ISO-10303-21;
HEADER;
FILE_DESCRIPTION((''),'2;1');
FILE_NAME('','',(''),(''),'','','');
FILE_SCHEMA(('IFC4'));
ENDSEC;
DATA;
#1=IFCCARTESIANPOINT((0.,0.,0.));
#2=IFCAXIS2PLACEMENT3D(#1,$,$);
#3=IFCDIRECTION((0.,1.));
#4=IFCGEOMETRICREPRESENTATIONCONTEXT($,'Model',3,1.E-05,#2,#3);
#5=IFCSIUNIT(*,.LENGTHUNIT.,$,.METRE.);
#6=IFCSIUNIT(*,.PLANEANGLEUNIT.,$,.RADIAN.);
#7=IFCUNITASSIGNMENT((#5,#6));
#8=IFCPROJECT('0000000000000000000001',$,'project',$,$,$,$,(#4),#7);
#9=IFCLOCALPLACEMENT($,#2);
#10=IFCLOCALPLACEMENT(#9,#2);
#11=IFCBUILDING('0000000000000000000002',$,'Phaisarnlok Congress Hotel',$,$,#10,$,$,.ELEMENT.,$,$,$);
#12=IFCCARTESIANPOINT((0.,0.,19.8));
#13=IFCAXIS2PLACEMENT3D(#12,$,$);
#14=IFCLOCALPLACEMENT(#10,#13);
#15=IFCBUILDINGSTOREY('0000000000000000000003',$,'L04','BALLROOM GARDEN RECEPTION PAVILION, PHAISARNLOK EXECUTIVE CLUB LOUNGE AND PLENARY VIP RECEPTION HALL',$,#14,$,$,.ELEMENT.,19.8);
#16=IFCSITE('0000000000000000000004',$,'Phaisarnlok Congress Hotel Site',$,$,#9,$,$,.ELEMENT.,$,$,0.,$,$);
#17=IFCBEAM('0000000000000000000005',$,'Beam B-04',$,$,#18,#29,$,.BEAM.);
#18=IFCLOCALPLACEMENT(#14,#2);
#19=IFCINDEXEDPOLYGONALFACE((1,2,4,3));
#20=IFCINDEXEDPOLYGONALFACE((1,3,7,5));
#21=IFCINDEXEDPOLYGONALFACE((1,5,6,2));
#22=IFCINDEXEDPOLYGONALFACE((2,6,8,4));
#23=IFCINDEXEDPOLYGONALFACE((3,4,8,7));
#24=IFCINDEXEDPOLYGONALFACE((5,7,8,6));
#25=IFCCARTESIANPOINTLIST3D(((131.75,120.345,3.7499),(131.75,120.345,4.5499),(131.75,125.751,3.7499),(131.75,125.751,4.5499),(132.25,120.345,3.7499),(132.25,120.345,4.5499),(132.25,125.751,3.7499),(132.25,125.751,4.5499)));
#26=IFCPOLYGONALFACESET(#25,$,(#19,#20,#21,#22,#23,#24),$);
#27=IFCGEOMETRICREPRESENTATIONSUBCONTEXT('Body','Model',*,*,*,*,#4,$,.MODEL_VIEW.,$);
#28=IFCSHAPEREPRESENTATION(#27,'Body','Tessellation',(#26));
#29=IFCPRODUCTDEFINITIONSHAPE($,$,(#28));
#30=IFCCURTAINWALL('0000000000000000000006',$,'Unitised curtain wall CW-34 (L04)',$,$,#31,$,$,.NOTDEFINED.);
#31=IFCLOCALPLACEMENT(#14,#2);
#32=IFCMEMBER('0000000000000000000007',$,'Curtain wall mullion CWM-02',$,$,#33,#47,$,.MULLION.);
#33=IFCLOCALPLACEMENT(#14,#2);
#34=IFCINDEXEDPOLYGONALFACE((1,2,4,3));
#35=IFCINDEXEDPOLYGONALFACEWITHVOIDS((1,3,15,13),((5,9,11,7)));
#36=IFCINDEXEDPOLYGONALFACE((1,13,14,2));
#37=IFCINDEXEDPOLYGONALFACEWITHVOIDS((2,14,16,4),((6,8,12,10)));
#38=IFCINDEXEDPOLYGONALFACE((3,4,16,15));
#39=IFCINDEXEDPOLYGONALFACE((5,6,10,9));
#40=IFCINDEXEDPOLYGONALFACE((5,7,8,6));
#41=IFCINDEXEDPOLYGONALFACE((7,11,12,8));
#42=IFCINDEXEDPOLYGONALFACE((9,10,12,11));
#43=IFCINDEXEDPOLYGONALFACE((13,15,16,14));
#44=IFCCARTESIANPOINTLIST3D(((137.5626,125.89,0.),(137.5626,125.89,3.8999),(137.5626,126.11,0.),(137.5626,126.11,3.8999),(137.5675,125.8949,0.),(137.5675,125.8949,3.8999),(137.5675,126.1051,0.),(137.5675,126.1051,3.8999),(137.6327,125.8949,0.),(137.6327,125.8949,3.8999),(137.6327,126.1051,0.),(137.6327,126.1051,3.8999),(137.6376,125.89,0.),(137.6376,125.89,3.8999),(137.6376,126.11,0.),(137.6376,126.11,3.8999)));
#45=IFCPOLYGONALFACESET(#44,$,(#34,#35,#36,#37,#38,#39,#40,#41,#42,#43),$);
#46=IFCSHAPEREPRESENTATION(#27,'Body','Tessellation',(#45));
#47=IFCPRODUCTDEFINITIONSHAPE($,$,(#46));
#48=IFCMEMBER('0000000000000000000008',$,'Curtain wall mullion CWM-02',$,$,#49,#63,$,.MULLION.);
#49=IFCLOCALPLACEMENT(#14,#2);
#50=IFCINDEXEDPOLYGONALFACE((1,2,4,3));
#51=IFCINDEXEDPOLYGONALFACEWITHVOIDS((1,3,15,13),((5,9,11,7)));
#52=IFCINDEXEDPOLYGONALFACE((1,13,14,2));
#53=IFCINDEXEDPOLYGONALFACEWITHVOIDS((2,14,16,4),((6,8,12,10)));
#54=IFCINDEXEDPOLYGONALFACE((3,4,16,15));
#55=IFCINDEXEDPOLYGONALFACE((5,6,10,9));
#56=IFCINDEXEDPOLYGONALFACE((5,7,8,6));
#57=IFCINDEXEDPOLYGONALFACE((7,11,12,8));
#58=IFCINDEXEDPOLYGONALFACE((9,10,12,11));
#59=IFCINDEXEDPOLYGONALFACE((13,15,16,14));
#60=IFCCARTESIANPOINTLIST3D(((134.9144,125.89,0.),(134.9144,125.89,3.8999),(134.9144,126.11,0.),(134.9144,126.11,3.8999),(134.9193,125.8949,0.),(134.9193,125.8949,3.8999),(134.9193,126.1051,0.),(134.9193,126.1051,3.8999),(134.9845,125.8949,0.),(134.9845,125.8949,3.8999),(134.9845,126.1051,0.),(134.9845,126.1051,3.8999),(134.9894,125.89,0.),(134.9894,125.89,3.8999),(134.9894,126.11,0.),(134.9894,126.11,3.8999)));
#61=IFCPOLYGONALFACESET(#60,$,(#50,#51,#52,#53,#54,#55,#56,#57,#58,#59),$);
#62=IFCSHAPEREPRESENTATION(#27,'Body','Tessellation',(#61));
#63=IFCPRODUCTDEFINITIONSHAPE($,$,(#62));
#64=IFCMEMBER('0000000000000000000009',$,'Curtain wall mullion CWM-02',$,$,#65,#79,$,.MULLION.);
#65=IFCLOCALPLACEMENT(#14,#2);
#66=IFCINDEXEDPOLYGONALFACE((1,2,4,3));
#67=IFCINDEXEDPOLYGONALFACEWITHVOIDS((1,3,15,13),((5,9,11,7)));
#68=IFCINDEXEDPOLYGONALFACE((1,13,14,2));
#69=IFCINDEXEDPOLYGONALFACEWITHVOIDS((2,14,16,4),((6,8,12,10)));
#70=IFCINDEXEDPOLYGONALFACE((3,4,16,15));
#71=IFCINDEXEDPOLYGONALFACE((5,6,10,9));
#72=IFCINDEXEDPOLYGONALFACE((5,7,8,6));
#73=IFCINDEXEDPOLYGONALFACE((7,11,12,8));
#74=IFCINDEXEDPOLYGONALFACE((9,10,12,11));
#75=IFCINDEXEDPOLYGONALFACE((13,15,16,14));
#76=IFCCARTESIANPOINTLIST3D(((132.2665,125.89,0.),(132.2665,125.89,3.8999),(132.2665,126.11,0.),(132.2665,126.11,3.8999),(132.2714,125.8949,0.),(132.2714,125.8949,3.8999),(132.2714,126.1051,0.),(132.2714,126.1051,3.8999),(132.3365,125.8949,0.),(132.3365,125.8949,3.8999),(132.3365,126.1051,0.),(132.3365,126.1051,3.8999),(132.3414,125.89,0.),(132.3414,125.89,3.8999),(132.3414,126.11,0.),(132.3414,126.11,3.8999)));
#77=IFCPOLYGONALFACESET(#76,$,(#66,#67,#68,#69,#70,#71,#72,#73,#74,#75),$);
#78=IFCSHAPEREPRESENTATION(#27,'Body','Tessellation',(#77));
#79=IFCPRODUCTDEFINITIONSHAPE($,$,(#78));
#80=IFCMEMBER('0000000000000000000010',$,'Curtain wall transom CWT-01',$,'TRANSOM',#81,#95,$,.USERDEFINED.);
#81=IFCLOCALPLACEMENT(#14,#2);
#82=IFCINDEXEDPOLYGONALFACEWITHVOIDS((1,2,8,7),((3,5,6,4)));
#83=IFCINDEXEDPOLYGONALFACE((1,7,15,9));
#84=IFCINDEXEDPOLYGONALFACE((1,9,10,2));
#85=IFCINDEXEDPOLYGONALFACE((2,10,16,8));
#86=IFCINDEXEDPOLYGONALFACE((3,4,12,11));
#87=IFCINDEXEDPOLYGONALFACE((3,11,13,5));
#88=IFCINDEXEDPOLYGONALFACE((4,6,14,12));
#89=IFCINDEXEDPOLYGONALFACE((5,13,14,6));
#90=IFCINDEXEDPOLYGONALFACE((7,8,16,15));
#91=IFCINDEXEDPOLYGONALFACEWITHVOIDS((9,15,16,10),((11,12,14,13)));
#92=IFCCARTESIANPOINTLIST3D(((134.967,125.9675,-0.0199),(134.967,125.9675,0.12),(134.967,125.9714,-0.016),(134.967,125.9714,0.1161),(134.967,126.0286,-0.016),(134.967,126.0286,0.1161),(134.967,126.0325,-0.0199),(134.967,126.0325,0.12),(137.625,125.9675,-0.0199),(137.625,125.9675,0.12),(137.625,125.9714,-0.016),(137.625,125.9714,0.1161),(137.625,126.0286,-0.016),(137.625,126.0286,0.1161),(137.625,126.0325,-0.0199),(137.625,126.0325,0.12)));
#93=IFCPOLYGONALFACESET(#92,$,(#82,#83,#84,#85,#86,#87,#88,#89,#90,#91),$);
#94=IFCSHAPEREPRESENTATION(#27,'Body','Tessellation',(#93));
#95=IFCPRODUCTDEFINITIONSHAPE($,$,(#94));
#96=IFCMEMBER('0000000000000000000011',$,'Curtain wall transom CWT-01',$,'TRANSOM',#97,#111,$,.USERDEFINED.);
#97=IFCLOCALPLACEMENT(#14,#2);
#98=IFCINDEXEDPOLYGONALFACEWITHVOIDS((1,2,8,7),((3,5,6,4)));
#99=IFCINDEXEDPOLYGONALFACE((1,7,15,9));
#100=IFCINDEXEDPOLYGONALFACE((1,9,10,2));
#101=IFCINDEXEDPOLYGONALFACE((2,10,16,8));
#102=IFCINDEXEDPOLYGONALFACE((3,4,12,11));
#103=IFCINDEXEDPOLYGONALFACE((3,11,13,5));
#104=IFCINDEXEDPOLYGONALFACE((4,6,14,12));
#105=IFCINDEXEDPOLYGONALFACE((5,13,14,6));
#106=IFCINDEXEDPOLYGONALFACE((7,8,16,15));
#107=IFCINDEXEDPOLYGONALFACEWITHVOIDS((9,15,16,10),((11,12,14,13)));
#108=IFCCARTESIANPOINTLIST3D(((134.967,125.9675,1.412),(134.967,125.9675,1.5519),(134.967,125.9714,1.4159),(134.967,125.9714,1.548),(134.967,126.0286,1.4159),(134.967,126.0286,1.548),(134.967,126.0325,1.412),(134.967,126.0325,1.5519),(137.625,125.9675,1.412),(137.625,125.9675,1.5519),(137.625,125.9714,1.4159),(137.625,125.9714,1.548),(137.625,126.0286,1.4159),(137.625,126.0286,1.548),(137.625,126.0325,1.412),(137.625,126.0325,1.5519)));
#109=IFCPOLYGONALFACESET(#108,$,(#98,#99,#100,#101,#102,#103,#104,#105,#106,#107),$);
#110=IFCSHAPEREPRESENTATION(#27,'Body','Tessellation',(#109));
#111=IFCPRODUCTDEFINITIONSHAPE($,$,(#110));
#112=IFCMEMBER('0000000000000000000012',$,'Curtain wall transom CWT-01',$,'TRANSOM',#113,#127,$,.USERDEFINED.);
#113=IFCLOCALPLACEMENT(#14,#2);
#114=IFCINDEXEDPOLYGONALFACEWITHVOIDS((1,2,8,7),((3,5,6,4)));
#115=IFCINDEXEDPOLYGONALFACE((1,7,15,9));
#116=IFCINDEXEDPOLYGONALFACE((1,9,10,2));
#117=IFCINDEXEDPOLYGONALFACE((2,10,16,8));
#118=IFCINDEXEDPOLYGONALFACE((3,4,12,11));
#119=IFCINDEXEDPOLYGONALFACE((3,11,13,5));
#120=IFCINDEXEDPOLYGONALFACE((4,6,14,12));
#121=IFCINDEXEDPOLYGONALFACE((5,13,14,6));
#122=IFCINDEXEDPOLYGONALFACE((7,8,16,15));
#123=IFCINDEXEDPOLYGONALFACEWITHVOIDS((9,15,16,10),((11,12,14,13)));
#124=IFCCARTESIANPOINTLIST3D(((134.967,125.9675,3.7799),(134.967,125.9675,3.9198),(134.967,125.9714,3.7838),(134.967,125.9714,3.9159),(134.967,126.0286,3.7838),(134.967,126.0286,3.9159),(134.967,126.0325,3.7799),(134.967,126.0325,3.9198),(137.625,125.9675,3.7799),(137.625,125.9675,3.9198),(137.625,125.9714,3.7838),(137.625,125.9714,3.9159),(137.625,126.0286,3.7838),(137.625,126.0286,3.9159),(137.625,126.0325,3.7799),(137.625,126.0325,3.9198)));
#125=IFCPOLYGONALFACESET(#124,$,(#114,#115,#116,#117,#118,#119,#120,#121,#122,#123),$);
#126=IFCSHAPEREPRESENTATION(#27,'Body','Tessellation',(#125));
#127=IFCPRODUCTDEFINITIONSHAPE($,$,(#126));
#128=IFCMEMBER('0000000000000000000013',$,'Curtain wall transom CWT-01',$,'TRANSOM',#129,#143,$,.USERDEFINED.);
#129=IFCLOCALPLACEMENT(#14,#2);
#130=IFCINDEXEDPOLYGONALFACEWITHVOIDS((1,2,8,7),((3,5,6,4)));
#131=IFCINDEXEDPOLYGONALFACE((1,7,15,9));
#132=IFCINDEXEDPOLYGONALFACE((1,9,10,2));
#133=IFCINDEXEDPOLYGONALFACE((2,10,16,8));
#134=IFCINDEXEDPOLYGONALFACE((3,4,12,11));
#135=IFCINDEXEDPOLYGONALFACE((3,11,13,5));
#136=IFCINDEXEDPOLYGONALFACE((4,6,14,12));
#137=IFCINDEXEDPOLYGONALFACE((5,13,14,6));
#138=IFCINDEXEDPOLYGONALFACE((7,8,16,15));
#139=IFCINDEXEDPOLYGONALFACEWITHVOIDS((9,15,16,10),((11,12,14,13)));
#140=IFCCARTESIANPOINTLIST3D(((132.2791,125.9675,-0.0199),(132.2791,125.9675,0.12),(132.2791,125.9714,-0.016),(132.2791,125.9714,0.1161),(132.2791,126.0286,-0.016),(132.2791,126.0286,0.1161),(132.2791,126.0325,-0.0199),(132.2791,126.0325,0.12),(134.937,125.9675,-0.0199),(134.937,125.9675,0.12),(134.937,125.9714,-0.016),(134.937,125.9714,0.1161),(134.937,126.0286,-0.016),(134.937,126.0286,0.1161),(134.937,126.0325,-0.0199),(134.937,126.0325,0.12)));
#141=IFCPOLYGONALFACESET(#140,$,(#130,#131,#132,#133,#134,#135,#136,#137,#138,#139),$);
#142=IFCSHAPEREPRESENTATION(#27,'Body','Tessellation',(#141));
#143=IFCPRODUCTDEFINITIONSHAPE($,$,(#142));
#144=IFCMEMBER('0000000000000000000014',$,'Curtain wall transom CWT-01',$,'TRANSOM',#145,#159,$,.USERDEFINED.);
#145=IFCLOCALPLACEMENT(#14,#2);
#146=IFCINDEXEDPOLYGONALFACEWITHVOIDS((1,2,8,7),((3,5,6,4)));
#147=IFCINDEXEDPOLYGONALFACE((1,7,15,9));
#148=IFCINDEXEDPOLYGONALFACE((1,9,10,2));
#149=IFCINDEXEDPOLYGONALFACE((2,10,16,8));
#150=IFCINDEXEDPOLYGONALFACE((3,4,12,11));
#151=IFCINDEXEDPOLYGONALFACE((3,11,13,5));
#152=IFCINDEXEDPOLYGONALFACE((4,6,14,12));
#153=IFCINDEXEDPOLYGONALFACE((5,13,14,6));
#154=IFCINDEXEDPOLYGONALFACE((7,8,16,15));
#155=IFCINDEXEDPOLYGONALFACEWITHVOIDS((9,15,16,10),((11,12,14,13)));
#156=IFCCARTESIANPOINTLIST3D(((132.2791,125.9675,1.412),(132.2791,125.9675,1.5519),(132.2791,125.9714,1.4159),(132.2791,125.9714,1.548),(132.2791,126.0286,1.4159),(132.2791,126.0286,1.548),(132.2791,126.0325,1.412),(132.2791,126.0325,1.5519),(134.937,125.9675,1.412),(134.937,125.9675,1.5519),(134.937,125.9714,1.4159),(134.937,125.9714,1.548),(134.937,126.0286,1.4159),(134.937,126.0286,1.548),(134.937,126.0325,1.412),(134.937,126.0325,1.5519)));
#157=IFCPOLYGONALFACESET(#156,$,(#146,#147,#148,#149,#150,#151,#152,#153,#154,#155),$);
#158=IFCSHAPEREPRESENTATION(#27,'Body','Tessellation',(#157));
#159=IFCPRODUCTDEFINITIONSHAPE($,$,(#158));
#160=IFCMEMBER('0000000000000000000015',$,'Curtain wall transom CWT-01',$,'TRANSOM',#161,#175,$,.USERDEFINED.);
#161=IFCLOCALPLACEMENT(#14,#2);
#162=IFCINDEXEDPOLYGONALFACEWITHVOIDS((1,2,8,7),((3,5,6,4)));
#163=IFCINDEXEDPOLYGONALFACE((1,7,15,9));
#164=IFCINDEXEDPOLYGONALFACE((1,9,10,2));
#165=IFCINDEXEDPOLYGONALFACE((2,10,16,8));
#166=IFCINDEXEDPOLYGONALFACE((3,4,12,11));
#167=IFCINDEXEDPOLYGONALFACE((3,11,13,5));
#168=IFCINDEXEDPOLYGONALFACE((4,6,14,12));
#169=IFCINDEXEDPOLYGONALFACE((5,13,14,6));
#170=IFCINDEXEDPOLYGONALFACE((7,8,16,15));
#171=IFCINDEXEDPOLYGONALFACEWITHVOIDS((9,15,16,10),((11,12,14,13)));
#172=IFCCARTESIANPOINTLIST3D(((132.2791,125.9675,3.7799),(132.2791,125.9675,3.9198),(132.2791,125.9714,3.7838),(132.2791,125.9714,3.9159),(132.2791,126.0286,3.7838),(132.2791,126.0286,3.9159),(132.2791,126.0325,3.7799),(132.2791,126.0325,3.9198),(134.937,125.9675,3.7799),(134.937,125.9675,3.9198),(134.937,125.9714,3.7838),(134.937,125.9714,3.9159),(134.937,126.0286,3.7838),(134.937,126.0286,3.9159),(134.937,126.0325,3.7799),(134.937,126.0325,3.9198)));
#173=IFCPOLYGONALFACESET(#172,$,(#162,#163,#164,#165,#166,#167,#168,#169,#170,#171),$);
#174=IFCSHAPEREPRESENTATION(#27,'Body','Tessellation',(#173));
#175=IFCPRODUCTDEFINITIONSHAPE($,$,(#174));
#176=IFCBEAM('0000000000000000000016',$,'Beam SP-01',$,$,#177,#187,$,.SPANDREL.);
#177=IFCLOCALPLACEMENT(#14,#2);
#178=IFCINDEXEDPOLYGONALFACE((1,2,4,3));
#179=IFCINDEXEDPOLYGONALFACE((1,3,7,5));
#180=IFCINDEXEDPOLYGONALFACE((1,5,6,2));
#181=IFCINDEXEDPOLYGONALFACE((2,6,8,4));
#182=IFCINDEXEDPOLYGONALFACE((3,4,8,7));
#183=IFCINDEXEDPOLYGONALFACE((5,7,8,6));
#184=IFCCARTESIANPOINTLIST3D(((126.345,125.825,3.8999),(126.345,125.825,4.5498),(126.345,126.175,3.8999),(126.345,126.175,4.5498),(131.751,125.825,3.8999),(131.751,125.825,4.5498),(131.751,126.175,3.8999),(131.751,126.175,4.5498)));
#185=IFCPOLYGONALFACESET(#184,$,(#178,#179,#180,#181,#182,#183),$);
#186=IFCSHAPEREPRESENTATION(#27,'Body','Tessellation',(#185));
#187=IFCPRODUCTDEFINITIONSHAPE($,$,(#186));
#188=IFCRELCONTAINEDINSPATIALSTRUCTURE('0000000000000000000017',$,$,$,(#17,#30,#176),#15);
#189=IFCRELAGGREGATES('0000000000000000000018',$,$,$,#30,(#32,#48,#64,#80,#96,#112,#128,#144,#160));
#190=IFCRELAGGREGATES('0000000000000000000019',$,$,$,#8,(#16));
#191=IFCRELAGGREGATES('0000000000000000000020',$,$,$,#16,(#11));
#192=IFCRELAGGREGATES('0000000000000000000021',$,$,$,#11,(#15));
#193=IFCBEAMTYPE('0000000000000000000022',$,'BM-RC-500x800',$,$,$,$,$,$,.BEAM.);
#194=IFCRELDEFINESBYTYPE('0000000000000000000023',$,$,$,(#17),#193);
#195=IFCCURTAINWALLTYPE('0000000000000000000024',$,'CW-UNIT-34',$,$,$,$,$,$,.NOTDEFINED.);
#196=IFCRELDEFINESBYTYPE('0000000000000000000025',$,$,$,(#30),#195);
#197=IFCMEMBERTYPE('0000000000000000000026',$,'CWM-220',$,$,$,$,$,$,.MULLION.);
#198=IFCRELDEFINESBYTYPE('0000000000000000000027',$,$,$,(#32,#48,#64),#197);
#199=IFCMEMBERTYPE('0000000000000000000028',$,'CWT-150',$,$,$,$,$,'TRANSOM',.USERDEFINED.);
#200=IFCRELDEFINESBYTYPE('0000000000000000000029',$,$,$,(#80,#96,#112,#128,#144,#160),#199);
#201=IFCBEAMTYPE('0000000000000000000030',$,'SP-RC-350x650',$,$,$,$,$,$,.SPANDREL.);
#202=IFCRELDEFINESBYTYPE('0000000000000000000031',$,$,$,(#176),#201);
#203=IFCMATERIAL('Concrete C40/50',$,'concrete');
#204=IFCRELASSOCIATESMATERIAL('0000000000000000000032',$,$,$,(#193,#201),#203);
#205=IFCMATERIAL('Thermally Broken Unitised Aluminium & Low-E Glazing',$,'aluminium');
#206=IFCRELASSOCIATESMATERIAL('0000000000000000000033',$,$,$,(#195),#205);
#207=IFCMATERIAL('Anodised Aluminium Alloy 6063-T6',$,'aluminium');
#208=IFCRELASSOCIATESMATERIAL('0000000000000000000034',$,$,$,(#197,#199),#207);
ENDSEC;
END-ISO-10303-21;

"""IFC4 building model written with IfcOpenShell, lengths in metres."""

from ifc_helpers import new_model, si_unit, direction, frame, origin, origin_2d, place, context, subcontext, project, spatial, rectangle, hollow_rectangle, extrude, material, material_profile, profile_set, type_object, element, aggregate, save


model = new_model("IFC4")

# Units and contexts
model_context = context("Model", 3, precision=1e-05, world=origin(), true_north=direction((0.0, 1.0)))
body_context = subcontext(model_context, "Body", "Model", "MODEL_VIEW")
ifc_project = project(units=[si_unit("LENGTHUNIT", "METRE"), si_unit("PLANEANGLEUNIT", "RADIAN")], contexts=[model_context])

# Site, building, storey
site_placement = place(None, origin())
site = spatial("IfcSite", under=ifc_project, at=site_placement, Name="Phaisarnlok Congress Hotel Site", CompositionType="ELEMENT", RefElevation=0.0)
building_placement = place(site_placement, origin())
building = spatial("IfcBuilding", under=site, at=building_placement, Name="Phaisarnlok Congress Hotel", CompositionType="ELEMENT")
storey_placement = place(building_placement, frame((0.0, 0.0, 19.8)))
storey = spatial("IfcBuildingStorey", under=building, at=storey_placement, Name="L04", Description="BALLROOM GARDEN RECEPTION PAVILION, PHAISARNLOK EXECUTIVE CLUB LOUNGE AND PLENARY VIP RECEPTION HALL", CompositionType="ELEMENT", Elevation=19.8)

# Beam
ifc_material_1 = material(Name="Concrete C40/50", Category="concrete")
ifc_material_profile_1 = material_profile(ifc_material_1, rectangle(XDim=0.5, YDim=0.8, at=origin_2d()), Name="RC 500x800")
ifc_profile_set_1 = profile_set([ifc_material_profile_1], Name="Concrete C40/50")
beam_type_1 = type_object("IfcBeamType", Name="BM-RC-500x800", PredefinedType="BEAM", material=ifc_profile_set_1)
beam_1_placement = place(storey_placement, frame((132.0, 120.345, 4.1499), z_axis=(0.0, 1.0, 0.0), x_axis=(-1.0, 0.0, 0.0)))
element("IfcBeam", 1, at=beam_1_placement, inside=storey, type_object=beam_type_1, Name="Beam B-04", PredefinedType="BEAM", context=body_context, shape_type="SweptSolid", body=[
    extrude(rectangle(XDim=0.5, YDim=0.8, at=origin_2d()), origin(), (0.0, 0.0, 1.0), 5.406),
])

# Curtain wall, members
ifc_material_2 = material(Name="Thermally Broken Unitised Aluminium & Low-E Glazing", Category="aluminium")
curtain_wall_type = type_object("IfcCurtainWallType", Name="CW-UNIT-34", PredefinedType="NOTDEFINED", material=ifc_material_2)
curtain_wall_placement = place(storey_placement, origin())
curtain_wall = element("IfcCurtainWall", 2, at=curtain_wall_placement, inside=storey, type_object=curtain_wall_type, Name="Unitised curtain wall CW-34 (L04)", PredefinedType="NOTDEFINED")
ifc_material_3 = material(Name="Anodised Aluminium Alloy 6063-T6", Category="aluminium")
ifc_material_profile_2 = material_profile(ifc_material_3, hollow_rectangle(XDim=0.075, YDim=0.22, WallThickness=0.0049, at=origin_2d()), Name="ALU-M 75x220x5")
ifc_profile_set_2 = profile_set([ifc_material_profile_2], Name="Anodised Aluminium Alloy 6063-T6")
member_type_1 = type_object("IfcMemberType", Name="CWM-220", PredefinedType="MULLION", material=ifc_profile_set_2)
member_1_placement = place(storey_placement, frame((137.6001, 126.0, 0.0), z_axis=(0.0, 0.0, 1.0), x_axis=(-1.0, 0.0, 0.0)))
member_1 = element("IfcMember", 3, at=member_1_placement, type_object=member_type_1, Name="Curtain wall mullion CWM-02", PredefinedType="MULLION", context=body_context, shape_type="SweptSolid", body=[
    extrude(hollow_rectangle(XDim=0.075, YDim=0.22, WallThickness=0.0049, at=origin_2d()), origin(), (0.0, 0.0, 1.0), 3.8999),
])
member_2_placement = place(storey_placement, frame((134.9519, 126.0, 0.0), z_axis=(0.0, 0.0, 1.0), x_axis=(-1.0, 0.0, 0.0)))
member_2 = element("IfcMember", 4, at=member_2_placement, type_object=member_type_1, Name="Curtain wall mullion CWM-02", PredefinedType="MULLION", context=body_context, shape_type="SweptSolid", body=[
    extrude(hollow_rectangle(XDim=0.075, YDim=0.22, WallThickness=0.0049, at=origin_2d()), origin(), (0.0, 0.0, 1.0), 3.8999),
])
member_3_placement = place(storey_placement, frame((132.304, 126.0, 0.0), z_axis=(0.0, 0.0, 1.0), x_axis=(-1.0, 0.0, 0.0)))
member_3 = element("IfcMember", 5, at=member_3_placement, type_object=member_type_1, Name="Curtain wall mullion CWM-02", PredefinedType="MULLION", context=body_context, shape_type="SweptSolid", body=[
    extrude(hollow_rectangle(XDim=0.075, YDim=0.22, WallThickness=0.0049, at=origin_2d()), origin(), (0.0, 0.0, 1.0), 3.8999),
])
ifc_material_profile_3 = material_profile(ifc_material_3, hollow_rectangle(XDim=0.0649, YDim=0.1399, WallThickness=0.0039, at=origin_2d()), Name="ALU-T 65x140x4")
ifc_profile_set_3 = profile_set([ifc_material_profile_3], Name="Anodised Aluminium Alloy 6063-T6")
member_type_2 = type_object("IfcMemberType", Name="CWT-150", ElementType="TRANSOM", PredefinedType="USERDEFINED", material=ifc_profile_set_3)
member_4_placement = place(storey_placement, frame((137.625, 126.0, 0.05), z_axis=(-1.0, 0.0, 0.0), x_axis=(0.0, -1.0, 0.0)))
member_4 = element("IfcMember", 6, at=member_4_placement, type_object=member_type_2, Name="Curtain wall transom CWT-01", ObjectType="TRANSOM", PredefinedType="USERDEFINED", context=body_context, shape_type="SweptSolid", body=[
    extrude(hollow_rectangle(XDim=0.0649, YDim=0.1399, WallThickness=0.0039, at=origin_2d()), origin(), (0.0, 0.0, 1.0), 2.658),
])
member_5_placement = place(storey_placement, frame((137.625, 126.0, 1.4819), z_axis=(-1.0, 0.0, 0.0), x_axis=(0.0, -1.0, 0.0)))
member_5 = element("IfcMember", 7, at=member_5_placement, type_object=member_type_2, Name="Curtain wall transom CWT-01", ObjectType="TRANSOM", PredefinedType="USERDEFINED", context=body_context, shape_type="SweptSolid", body=[
    extrude(hollow_rectangle(XDim=0.0649, YDim=0.1399, WallThickness=0.0039, at=origin_2d()), origin(), (0.0, 0.0, 1.0), 2.658),
])
member_6_placement = place(storey_placement, frame((137.625, 126.0, 3.8499), z_axis=(-1.0, 0.0, 0.0), x_axis=(0.0, -1.0, 0.0)))
member_6 = element("IfcMember", 8, at=member_6_placement, type_object=member_type_2, Name="Curtain wall transom CWT-01", ObjectType="TRANSOM", PredefinedType="USERDEFINED", context=body_context, shape_type="SweptSolid", body=[
    extrude(hollow_rectangle(XDim=0.0649, YDim=0.1399, WallThickness=0.0039, at=origin_2d()), origin(), (0.0, 0.0, 1.0), 2.658),
])
member_7_placement = place(storey_placement, frame((134.937, 126.0, 0.05), z_axis=(-1.0, 0.0, 0.0), x_axis=(0.0, -1.0, 0.0)))
member_7 = element("IfcMember", 9, at=member_7_placement, type_object=member_type_2, Name="Curtain wall transom CWT-01", ObjectType="TRANSOM", PredefinedType="USERDEFINED", context=body_context, shape_type="SweptSolid", body=[
    extrude(hollow_rectangle(XDim=0.0649, YDim=0.1399, WallThickness=0.0039, at=origin_2d()), origin(), (0.0, 0.0, 1.0), 2.658),
])
member_8_placement = place(storey_placement, frame((134.937, 126.0, 1.4819), z_axis=(-1.0, 0.0, 0.0), x_axis=(0.0, -1.0, 0.0)))
member_8 = element("IfcMember", 10, at=member_8_placement, type_object=member_type_2, Name="Curtain wall transom CWT-01", ObjectType="TRANSOM", PredefinedType="USERDEFINED", context=body_context, shape_type="SweptSolid", body=[
    extrude(hollow_rectangle(XDim=0.0649, YDim=0.1399, WallThickness=0.0039, at=origin_2d()), origin(), (0.0, 0.0, 1.0), 2.658),
])
member_9_placement = place(storey_placement, frame((134.937, 126.0, 3.8499), z_axis=(-1.0, 0.0, 0.0), x_axis=(0.0, -1.0, 0.0)))
member_9 = element("IfcMember", 11, at=member_9_placement, type_object=member_type_2, Name="Curtain wall transom CWT-01", ObjectType="TRANSOM", PredefinedType="USERDEFINED", context=body_context, shape_type="SweptSolid", body=[
    extrude(hollow_rectangle(XDim=0.0649, YDim=0.1399, WallThickness=0.0039, at=origin_2d()), origin(), (0.0, 0.0, 1.0), 2.658),
])

# Beam
ifc_material_profile_4 = material_profile(ifc_material_1, rectangle(XDim=0.3501, YDim=0.6499, at=origin_2d()), Name="RC 350x650")
ifc_profile_set_4 = profile_set([ifc_material_profile_4], Name="Concrete C40/50")
beam_type_2 = type_object("IfcBeamType", Name="SP-RC-350x650", PredefinedType="SPANDREL", material=ifc_profile_set_4)
for number, where, z_axis, x_axis, name in (
    (12, (126.345, 126.0, 4.2249), (1.0, 0.0, 0.0), (0.0, 1.0, 0.0), "Beam SP-01"),
):
    element("IfcBeam", number, at=place(storey_placement, frame(where, z_axis=z_axis, x_axis=x_axis)), inside=storey, type_object=beam_type_2, Name=name, PredefinedType="SPANDREL", context=body_context, shape_type="SweptSolid", body=[
        extrude(rectangle(XDim=0.3501, YDim=0.6499, at=origin_2d()), origin(), (0.0, 0.0, 1.0), 5.406),
    ])

aggregate(curtain_wall, [member_1, member_2, member_3, member_4, member_5, member_6, member_7, member_8, member_9])

save(model, "model.ifc")
